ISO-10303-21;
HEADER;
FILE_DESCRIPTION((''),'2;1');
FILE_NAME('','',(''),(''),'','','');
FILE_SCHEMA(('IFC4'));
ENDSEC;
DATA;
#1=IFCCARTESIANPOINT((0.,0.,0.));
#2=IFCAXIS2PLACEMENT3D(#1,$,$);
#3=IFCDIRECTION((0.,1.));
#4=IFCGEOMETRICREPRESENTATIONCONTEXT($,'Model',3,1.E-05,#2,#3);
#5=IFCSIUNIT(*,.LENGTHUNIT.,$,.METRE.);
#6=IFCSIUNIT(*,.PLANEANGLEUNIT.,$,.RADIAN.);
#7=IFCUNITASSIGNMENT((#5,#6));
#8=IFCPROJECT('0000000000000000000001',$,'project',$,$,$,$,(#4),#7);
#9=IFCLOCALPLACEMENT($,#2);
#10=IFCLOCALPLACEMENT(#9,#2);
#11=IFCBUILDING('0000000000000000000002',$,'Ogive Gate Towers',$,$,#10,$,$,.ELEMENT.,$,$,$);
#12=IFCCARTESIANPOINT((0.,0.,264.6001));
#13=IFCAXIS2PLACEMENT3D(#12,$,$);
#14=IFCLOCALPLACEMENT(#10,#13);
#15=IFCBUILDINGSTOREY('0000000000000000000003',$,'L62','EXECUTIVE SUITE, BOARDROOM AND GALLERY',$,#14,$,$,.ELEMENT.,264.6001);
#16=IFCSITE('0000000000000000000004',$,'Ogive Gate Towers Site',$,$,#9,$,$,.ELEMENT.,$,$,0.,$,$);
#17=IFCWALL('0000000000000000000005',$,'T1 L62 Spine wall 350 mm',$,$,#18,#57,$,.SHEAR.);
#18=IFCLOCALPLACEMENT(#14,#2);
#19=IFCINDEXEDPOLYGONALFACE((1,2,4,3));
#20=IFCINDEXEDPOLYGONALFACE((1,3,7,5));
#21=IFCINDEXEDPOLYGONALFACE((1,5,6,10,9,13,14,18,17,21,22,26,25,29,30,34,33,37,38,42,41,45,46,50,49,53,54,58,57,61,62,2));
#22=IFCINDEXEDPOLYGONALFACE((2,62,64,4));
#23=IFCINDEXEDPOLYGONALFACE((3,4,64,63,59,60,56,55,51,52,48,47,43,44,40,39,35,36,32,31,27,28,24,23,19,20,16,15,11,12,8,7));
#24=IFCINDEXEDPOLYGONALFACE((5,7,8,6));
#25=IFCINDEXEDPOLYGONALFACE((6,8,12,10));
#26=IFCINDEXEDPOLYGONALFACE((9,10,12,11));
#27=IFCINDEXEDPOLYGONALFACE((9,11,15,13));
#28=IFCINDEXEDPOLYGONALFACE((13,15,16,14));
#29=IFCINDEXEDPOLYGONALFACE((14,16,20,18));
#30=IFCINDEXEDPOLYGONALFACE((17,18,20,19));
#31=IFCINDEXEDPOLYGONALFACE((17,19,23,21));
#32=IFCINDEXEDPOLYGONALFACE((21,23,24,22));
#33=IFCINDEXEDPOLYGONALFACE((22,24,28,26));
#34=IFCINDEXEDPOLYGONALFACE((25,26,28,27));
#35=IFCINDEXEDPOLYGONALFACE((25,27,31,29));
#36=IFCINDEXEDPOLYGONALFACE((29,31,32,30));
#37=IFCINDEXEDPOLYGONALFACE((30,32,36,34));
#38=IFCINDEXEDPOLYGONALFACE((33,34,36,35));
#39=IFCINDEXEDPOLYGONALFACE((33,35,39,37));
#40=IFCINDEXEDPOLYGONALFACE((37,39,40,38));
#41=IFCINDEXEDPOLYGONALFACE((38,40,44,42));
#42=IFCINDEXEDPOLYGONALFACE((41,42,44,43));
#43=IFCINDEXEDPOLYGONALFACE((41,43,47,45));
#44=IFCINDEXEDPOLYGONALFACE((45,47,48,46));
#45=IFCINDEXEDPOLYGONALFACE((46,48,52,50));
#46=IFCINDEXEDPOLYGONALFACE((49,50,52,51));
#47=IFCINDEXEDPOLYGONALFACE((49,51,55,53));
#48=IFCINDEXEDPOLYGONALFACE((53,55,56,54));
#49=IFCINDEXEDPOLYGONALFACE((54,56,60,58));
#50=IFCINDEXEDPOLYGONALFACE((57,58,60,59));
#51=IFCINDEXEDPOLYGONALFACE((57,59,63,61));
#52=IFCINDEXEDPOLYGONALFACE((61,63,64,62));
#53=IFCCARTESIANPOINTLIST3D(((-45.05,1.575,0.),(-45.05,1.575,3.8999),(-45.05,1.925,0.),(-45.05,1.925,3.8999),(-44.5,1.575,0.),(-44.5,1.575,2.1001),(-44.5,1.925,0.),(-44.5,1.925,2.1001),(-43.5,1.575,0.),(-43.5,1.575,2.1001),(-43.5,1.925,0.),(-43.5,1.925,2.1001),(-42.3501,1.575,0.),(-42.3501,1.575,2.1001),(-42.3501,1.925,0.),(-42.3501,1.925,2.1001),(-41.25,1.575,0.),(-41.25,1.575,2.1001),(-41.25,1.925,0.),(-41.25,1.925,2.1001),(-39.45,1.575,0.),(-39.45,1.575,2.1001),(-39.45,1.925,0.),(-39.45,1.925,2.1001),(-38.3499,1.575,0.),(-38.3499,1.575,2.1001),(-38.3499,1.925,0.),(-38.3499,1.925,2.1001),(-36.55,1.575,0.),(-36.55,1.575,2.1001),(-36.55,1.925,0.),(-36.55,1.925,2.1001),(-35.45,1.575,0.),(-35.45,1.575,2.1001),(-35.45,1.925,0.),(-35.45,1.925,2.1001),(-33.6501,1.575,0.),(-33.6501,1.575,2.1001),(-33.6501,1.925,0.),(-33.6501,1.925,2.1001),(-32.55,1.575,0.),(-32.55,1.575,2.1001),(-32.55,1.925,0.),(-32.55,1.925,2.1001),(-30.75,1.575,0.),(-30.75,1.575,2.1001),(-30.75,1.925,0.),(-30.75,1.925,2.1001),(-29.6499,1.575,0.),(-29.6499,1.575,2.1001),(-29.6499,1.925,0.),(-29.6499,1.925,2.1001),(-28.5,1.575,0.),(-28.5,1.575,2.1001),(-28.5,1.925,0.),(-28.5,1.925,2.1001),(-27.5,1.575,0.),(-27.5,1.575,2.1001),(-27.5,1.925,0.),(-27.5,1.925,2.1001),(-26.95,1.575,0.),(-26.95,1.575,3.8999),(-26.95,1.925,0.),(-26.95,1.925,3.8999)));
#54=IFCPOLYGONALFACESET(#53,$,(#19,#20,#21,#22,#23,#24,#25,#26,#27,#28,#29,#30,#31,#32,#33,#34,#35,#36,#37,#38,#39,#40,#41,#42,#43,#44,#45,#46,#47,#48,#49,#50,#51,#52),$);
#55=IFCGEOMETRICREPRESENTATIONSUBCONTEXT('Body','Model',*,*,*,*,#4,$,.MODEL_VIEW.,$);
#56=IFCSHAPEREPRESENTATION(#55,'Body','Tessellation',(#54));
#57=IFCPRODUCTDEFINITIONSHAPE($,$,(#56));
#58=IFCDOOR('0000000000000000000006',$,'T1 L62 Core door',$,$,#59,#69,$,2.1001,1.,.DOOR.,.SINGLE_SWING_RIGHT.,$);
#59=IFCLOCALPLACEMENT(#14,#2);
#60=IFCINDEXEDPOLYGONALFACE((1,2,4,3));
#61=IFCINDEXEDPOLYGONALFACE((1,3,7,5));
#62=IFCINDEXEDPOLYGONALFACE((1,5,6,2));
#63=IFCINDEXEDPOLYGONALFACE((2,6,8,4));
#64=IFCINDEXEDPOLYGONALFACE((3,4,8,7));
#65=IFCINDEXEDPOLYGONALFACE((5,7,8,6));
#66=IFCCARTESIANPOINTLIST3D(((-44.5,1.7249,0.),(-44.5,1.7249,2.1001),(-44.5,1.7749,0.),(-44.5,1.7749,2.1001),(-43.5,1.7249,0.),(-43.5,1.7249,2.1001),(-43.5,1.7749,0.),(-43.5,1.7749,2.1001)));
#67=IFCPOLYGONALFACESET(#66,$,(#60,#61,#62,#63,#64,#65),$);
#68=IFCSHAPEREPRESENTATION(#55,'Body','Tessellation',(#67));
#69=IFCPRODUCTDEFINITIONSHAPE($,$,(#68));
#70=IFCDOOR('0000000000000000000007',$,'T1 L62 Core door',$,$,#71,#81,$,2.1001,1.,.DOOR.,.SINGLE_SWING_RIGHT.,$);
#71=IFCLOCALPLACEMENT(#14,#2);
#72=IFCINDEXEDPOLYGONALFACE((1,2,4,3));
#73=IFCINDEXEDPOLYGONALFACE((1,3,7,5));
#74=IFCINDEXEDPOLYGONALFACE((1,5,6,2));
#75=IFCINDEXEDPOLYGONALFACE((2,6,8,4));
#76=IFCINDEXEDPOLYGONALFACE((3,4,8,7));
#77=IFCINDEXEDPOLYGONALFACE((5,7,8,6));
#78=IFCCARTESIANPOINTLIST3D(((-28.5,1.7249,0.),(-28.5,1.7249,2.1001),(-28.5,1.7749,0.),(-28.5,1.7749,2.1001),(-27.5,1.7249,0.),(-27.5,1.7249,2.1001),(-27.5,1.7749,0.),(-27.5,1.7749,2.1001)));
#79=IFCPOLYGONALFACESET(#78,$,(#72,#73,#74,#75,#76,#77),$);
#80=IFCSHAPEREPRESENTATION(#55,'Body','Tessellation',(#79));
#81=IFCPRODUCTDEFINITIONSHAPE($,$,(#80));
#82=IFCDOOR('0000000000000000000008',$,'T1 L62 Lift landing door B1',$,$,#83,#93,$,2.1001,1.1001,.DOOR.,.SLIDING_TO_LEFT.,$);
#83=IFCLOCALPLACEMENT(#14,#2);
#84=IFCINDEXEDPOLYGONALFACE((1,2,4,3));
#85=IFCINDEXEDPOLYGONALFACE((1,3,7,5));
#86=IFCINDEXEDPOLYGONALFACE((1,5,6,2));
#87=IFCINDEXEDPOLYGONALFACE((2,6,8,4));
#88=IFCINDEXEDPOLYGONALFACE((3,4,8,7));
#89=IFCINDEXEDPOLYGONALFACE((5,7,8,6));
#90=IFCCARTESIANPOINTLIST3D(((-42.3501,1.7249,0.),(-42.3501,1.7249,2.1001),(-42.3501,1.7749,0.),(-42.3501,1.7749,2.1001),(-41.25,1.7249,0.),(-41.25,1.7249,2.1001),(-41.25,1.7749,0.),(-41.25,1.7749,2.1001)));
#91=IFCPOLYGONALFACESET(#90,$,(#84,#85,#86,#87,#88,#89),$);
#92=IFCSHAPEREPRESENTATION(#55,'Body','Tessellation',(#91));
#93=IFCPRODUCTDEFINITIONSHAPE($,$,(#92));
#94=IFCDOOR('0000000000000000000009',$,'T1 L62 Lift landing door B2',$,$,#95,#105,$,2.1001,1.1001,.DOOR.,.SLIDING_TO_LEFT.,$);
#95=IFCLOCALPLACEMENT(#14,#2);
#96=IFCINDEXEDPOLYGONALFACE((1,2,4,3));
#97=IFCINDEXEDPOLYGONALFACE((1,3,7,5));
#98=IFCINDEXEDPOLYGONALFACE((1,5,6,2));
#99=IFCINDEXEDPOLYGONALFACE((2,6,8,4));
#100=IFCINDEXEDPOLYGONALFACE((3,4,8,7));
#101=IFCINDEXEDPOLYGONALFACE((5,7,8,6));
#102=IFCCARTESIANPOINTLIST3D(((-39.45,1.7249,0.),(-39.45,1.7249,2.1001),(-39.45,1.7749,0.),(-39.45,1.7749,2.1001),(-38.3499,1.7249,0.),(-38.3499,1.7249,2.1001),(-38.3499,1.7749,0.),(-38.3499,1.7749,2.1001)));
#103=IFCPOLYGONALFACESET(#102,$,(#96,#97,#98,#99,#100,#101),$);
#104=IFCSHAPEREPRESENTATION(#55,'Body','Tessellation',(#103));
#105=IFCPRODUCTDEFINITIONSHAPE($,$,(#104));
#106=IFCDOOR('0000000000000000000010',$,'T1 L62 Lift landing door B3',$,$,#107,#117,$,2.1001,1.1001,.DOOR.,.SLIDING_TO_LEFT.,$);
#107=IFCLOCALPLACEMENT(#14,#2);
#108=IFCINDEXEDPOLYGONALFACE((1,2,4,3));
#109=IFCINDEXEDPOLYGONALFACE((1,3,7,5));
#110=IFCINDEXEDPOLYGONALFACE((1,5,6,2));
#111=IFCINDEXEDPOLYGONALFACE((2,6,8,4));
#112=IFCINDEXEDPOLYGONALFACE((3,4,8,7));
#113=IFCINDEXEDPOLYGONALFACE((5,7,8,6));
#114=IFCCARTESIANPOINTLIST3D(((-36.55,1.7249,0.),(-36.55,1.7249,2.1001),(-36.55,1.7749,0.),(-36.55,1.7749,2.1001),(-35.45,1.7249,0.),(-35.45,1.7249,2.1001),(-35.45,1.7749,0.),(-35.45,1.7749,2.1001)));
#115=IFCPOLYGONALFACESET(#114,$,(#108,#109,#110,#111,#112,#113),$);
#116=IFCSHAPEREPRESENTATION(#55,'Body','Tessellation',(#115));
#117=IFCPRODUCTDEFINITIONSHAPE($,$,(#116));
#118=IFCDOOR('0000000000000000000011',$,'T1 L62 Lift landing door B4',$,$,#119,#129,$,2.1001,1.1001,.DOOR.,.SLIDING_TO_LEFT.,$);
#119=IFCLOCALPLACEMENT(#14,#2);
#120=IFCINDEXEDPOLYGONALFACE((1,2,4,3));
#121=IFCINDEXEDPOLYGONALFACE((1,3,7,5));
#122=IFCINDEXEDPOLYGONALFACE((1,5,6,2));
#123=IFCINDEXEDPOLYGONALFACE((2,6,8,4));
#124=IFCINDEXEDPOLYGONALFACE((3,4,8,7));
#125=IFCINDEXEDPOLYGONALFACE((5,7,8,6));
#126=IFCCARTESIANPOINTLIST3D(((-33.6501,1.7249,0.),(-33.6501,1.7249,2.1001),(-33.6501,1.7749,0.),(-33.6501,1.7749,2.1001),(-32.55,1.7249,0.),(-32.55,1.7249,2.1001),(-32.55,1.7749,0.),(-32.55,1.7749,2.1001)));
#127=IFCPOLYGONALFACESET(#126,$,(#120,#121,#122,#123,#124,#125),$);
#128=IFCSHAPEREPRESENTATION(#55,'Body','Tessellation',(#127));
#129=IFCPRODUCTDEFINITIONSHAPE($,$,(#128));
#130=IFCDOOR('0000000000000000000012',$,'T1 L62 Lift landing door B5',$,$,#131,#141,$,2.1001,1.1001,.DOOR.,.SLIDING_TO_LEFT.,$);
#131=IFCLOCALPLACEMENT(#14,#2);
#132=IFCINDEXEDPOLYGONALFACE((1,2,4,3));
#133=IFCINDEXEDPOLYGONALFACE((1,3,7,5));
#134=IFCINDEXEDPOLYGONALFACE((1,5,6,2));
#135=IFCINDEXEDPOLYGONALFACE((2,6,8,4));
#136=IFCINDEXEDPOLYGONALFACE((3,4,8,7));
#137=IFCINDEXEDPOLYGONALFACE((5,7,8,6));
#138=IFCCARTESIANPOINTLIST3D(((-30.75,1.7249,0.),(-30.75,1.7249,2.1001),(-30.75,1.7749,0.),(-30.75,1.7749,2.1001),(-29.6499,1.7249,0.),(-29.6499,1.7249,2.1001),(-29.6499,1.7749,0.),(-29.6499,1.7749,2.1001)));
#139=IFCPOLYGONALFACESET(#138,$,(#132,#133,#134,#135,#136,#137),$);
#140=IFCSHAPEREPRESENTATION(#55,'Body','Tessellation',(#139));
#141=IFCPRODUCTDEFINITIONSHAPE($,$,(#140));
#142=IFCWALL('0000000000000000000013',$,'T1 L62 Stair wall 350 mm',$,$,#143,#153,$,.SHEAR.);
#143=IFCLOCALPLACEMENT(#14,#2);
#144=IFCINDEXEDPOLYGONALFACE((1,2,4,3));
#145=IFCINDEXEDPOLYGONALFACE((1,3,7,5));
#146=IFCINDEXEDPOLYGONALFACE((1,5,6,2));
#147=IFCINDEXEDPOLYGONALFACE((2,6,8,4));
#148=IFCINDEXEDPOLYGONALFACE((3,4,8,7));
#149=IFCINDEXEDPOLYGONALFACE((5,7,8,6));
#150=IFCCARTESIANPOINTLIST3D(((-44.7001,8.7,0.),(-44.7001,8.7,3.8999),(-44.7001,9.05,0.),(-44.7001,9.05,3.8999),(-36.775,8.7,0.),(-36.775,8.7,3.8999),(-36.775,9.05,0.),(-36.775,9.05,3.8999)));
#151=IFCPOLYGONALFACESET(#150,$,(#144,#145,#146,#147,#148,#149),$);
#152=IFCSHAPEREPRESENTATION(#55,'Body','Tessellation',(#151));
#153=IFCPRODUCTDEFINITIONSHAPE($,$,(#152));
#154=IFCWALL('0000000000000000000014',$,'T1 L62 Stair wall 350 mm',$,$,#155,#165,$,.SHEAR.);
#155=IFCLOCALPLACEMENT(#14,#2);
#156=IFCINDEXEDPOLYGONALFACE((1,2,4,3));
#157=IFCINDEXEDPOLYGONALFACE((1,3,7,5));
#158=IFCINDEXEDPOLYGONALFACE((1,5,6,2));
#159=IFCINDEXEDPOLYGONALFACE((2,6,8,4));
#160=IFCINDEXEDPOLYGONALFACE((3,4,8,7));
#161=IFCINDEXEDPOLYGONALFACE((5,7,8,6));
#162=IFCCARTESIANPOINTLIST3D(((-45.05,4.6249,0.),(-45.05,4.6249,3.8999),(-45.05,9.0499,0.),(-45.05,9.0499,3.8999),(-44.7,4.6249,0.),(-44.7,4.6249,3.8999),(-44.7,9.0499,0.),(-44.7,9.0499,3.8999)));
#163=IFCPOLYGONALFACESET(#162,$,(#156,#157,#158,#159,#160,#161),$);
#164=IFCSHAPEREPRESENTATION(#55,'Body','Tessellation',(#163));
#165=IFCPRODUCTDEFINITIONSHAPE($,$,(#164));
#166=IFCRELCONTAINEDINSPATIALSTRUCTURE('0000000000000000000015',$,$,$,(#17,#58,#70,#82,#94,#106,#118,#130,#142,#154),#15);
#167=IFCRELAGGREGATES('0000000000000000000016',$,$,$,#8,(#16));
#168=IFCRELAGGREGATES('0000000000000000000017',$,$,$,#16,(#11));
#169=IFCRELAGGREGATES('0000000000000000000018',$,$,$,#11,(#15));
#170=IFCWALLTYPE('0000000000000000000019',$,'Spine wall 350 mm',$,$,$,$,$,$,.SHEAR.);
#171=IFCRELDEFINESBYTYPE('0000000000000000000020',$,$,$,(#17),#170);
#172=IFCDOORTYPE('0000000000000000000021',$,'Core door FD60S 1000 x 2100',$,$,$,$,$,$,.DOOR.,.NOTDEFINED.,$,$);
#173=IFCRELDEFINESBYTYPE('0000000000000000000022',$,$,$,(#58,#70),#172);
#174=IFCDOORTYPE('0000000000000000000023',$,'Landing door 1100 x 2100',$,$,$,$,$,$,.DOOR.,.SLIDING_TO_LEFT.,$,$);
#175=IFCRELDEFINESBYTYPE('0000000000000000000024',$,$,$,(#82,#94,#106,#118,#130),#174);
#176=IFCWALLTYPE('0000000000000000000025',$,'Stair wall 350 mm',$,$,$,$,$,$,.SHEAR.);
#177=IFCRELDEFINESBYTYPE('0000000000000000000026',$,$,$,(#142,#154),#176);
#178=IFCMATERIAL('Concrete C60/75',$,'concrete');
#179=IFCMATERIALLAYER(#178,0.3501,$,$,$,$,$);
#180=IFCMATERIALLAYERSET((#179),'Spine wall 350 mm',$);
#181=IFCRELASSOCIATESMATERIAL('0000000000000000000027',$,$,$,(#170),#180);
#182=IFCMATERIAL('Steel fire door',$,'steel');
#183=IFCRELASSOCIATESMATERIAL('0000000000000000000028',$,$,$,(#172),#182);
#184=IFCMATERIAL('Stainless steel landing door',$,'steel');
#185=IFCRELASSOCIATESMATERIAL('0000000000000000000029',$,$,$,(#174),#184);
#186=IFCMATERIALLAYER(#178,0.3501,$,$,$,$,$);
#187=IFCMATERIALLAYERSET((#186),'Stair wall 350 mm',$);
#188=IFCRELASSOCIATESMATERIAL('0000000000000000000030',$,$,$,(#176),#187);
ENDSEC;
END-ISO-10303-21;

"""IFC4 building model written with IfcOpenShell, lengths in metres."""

from ifc_helpers import new_model, si_unit, direction, frame, frame_2d, origin, place, context, subcontext, project, spatial, rectangle, extrude, material, layer, layer_set, type_object, element, fill, save


model = new_model("IFC4")

# Units and contexts
model_context = context("Model", 3, precision=1e-05, world=origin(), true_north=direction((0.0, 1.0)))
body_context = subcontext(model_context, "Body", "Model", "MODEL_VIEW")
ifc_project = project(units=[si_unit("LENGTHUNIT", "METRE"), si_unit("PLANEANGLEUNIT", "RADIAN")], contexts=[model_context])

# Site, building, storey
site_placement = place(None, origin())
site = spatial("IfcSite", under=ifc_project, at=site_placement, Name="Ogive Gate Towers Site", CompositionType="ELEMENT", RefElevation=0.0)
building_placement = place(site_placement, origin())
building = spatial("IfcBuilding", under=site, at=building_placement, Name="Ogive Gate Towers", CompositionType="ELEMENT")
storey_placement = place(building_placement, frame((0.0, 0.0, 264.6001)))
storey = spatial("IfcBuildingStorey", under=building, at=storey_placement, Name="L62", Description="EXECUTIVE SUITE, BOARDROOM AND GALLERY", CompositionType="ELEMENT", Elevation=264.6001)

# Shared definitions
ifc_material_1 = material(Name="Concrete C60/75", Category="concrete")
ifc_material_2 = material(Name="Steel fire door", Category="steel")

# Wall, openings, doors
ifc_layer_1 = layer(ifc_material_1, 0.3501)
ifc_layer_set_1 = layer_set([ifc_layer_1], Name="Spine wall 350 mm")
wall_type_1 = type_object("IfcWallType", Name="Spine wall 350 mm", PredefinedType="SHEAR", material=ifc_layer_set_1)
wall_1_placement = place(storey_placement, frame((-45.05, 1.75, 0.0), z_axis=(0.0, 0.0, 1.0), x_axis=(1.0, 0.0, 0.0)))
wall_1 = element("IfcWall", 1, at=wall_1_placement, inside=storey, type_object=wall_type_1, Name="T1 L62 Spine wall 350 mm", PredefinedType="SHEAR", context=body_context, shape_type="SweptSolid", body=[
    extrude(rectangle(XDim=18.1001, YDim=0.3501, at=frame_2d((9.05, 0.0))), origin(), (0.0, 0.0, 1.0), 3.8999),
])
opening_1_placement = place(wall_1_placement, frame((0.55, 0.0, 0.0)))
opening_1 = element("IfcOpeningElement", 2, at=opening_1_placement, cuts=wall_1, PredefinedType="OPENING", context=body_context, shape_type="SweptSolid", body=[
    extrude(rectangle(XDim=1.0, YDim=2.1001, at=frame_2d((0.5, 1.05))), frame((0.0, 0.1851, 0.0), z_axis=(0.0, -1.0, 0.0), x_axis=(1.0, 0.0, 0.0)), (0.0, 0.0, 1.0), 0.3701),
])
opening_2_placement = place(wall_1_placement, frame((2.7, 0.0, 0.0)))
opening_2 = element("IfcOpeningElement", 3, at=opening_2_placement, cuts=wall_1, PredefinedType="OPENING", context=body_context, shape_type="SweptSolid", body=[
    extrude(rectangle(XDim=1.1001, YDim=2.1001, at=frame_2d((0.55, 1.05))), frame((0.0, 0.1851, 0.0), z_axis=(0.0, -1.0, 0.0), x_axis=(1.0, 0.0, 0.0)), (0.0, 0.0, 1.0), 0.3701),
])
opening_3_placement = place(wall_1_placement, frame((5.6001, 0.0, 0.0)))
opening_3 = element("IfcOpeningElement", 4, at=opening_3_placement, cuts=wall_1, PredefinedType="OPENING", context=body_context, shape_type="SweptSolid", body=[
    extrude(rectangle(XDim=1.1001, YDim=2.1001, at=frame_2d((0.55, 1.05))), frame((0.0, 0.1851, 0.0), z_axis=(0.0, -1.0, 0.0), x_axis=(1.0, 0.0, 0.0)), (0.0, 0.0, 1.0), 0.3701),
])
opening_4_placement = place(wall_1_placement, frame((8.5, 0.0, 0.0)))
opening_4 = element("IfcOpeningElement", 5, at=opening_4_placement, cuts=wall_1, PredefinedType="OPENING", context=body_context, shape_type="SweptSolid", body=[
    extrude(rectangle(XDim=1.1001, YDim=2.1001, at=frame_2d((0.55, 1.05))), frame((0.0, 0.1851, 0.0), z_axis=(0.0, -1.0, 0.0), x_axis=(1.0, 0.0, 0.0)), (0.0, 0.0, 1.0), 0.3701),
])
opening_5_placement = place(wall_1_placement, frame((11.3999, 0.0, 0.0)))
opening_5 = element("IfcOpeningElement", 6, at=opening_5_placement, cuts=wall_1, PredefinedType="OPENING", context=body_context, shape_type="SweptSolid", body=[
    extrude(rectangle(XDim=1.1001, YDim=2.1001, at=frame_2d((0.55, 1.05))), frame((0.0, 0.1851, 0.0), z_axis=(0.0, -1.0, 0.0), x_axis=(1.0, 0.0, 0.0)), (0.0, 0.0, 1.0), 0.3701),
])
opening_6_placement = place(wall_1_placement, frame((14.3, 0.0, 0.0)))
opening_6 = element("IfcOpeningElement", 7, at=opening_6_placement, cuts=wall_1, PredefinedType="OPENING", context=body_context, shape_type="SweptSolid", body=[
    extrude(rectangle(XDim=1.1001, YDim=2.1001, at=frame_2d((0.55, 1.05))), frame((0.0, 0.1851, 0.0), z_axis=(0.0, -1.0, 0.0), x_axis=(1.0, 0.0, 0.0)), (0.0, 0.0, 1.0), 0.3701),
])
opening_7_placement = place(wall_1_placement, frame((16.55, 0.0, 0.0)))
opening_7 = element("IfcOpeningElement", 8, at=opening_7_placement, cuts=wall_1, PredefinedType="OPENING", context=body_context, shape_type="SweptSolid", body=[
    extrude(rectangle(XDim=1.0, YDim=2.1001, at=frame_2d((0.5, 1.05))), frame((0.0, 0.1851, 0.0), z_axis=(0.0, -1.0, 0.0), x_axis=(1.0, 0.0, 0.0)), (0.0, 0.0, 1.0), 0.3701),
])
door_type_1 = type_object("IfcDoorType", Name="Core door FD60S 1000 x 2100", OperationType="NOTDEFINED", PredefinedType="DOOR", material=ifc_material_2)
door_1_placement = place(opening_1_placement, origin())
door_1 = element("IfcDoor", 9, at=door_1_placement, inside=storey, type_object=door_type_1, Name="T1 L62 Core door", OperationType="SINGLE_SWING_RIGHT", OverallHeight=2.1001, OverallWidth=1.0, PredefinedType="DOOR", context=body_context, shape_type="SweptSolid", body=[
    extrude(rectangle(XDim=1.0, YDim=2.1001, at=frame_2d((0.5, 1.05))), frame((0.0, 0.0249, 0.0), z_axis=(0.0, -1.0, 0.0), x_axis=(1.0, 0.0, 0.0)), (0.0, 0.0, 1.0), 0.05),
])
fill(opening_1, door_1)
door_2_placement = place(opening_7_placement, origin())
door_2 = element("IfcDoor", 10, at=door_2_placement, inside=storey, type_object=door_type_1, Name="T1 L62 Core door", OperationType="SINGLE_SWING_RIGHT", OverallHeight=2.1001, OverallWidth=1.0, PredefinedType="DOOR", context=body_context, shape_type="SweptSolid", body=[
    extrude(rectangle(XDim=1.0, YDim=2.1001, at=frame_2d((0.5, 1.05))), frame((0.0, 0.0249, 0.0), z_axis=(0.0, -1.0, 0.0), x_axis=(1.0, 0.0, 0.0)), (0.0, 0.0, 1.0), 0.05),
])
fill(opening_7, door_2)
ifc_material_3 = material(Name="Stainless steel landing door", Category="steel")
door_type_2 = type_object("IfcDoorType", Name="Landing door 1100 x 2100", OperationType="SLIDING_TO_LEFT", PredefinedType="DOOR", material=ifc_material_3)
door_3_placement = place(opening_2_placement, origin())
door_3 = element("IfcDoor", 11, at=door_3_placement, inside=storey, type_object=door_type_2, Name="T1 L62 Lift landing door B1", OperationType="SLIDING_TO_LEFT", OverallHeight=2.1001, OverallWidth=1.1001, PredefinedType="DOOR", context=body_context, shape_type="SweptSolid", body=[
    extrude(rectangle(XDim=1.1001, YDim=2.1001, at=frame_2d((0.55, 1.05))), frame((0.0, 0.0249, 0.0), z_axis=(0.0, -1.0, 0.0), x_axis=(1.0, 0.0, 0.0)), (0.0, 0.0, 1.0), 0.05),
])
fill(opening_2, door_3)
door_4_placement = place(opening_3_placement, origin())
door_4 = element("IfcDoor", 12, at=door_4_placement, inside=storey, type_object=door_type_2, Name="T1 L62 Lift landing door B2", OperationType="SLIDING_TO_LEFT", OverallHeight=2.1001, OverallWidth=1.1001, PredefinedType="DOOR", context=body_context, shape_type="SweptSolid", body=[
    extrude(rectangle(XDim=1.1001, YDim=2.1001, at=frame_2d((0.55, 1.05))), frame((0.0, 0.0249, 0.0), z_axis=(0.0, -1.0, 0.0), x_axis=(1.0, 0.0, 0.0)), (0.0, 0.0, 1.0), 0.05),
])
fill(opening_3, door_4)
door_5_placement = place(opening_4_placement, origin())
door_5 = element("IfcDoor", 13, at=door_5_placement, inside=storey, type_object=door_type_2, Name="T1 L62 Lift landing door B3", OperationType="SLIDING_TO_LEFT", OverallHeight=2.1001, OverallWidth=1.1001, PredefinedType="DOOR", context=body_context, shape_type="SweptSolid", body=[
    extrude(rectangle(XDim=1.1001, YDim=2.1001, at=frame_2d((0.55, 1.05))), frame((0.0, 0.0249, 0.0), z_axis=(0.0, -1.0, 0.0), x_axis=(1.0, 0.0, 0.0)), (0.0, 0.0, 1.0), 0.05),
])
fill(opening_4, door_5)
door_6_placement = place(opening_5_placement, origin())
door_6 = element("IfcDoor", 14, at=door_6_placement, inside=storey, type_object=door_type_2, Name="T1 L62 Lift landing door B4", OperationType="SLIDING_TO_LEFT", OverallHeight=2.1001, OverallWidth=1.1001, PredefinedType="DOOR", context=body_context, shape_type="SweptSolid", body=[
    extrude(rectangle(XDim=1.1001, YDim=2.1001, at=frame_2d((0.55, 1.05))), frame((0.0, 0.0249, 0.0), z_axis=(0.0, -1.0, 0.0), x_axis=(1.0, 0.0, 0.0)), (0.0, 0.0, 1.0), 0.05),
])
fill(opening_5, door_6)
door_7_placement = place(opening_6_placement, origin())
door_7 = element("IfcDoor", 15, at=door_7_placement, inside=storey, type_object=door_type_2, Name="T1 L62 Lift landing door B5", OperationType="SLIDING_TO_LEFT", OverallHeight=2.1001, OverallWidth=1.1001, PredefinedType="DOOR", context=body_context, shape_type="SweptSolid", body=[
    extrude(rectangle(XDim=1.1001, YDim=2.1001, at=frame_2d((0.55, 1.05))), frame((0.0, 0.0249, 0.0), z_axis=(0.0, -1.0, 0.0), x_axis=(1.0, 0.0, 0.0)), (0.0, 0.0, 1.0), 0.05),
])
fill(opening_6, door_7)

# Walls
ifc_layer_2 = layer(ifc_material_1, 0.3501)
ifc_layer_set_2 = layer_set([ifc_layer_2], Name="Stair wall 350 mm")
wall_type_2 = type_object("IfcWallType", Name="Stair wall 350 mm", PredefinedType="SHEAR", material=ifc_layer_set_2)
wall_2_placement = place(storey_placement, frame((-44.7, 8.875, 0.0), z_axis=(0.0, 0.0, 1.0), x_axis=(1.0, 0.0, 0.0)))
element("IfcWall", 16, at=wall_2_placement, inside=storey, type_object=wall_type_2, Name="T1 L62 Stair wall 350 mm", PredefinedType="SHEAR", context=body_context, shape_type="SweptSolid", body=[
    extrude(rectangle(XDim=7.925, YDim=0.3501, at=frame_2d((3.9624, 0.0))), origin(), (0.0, 0.0, 1.0), 3.8999),
])
wall_3_placement = place(storey_placement, frame((-44.875, 4.625, 0.0), z_axis=(0.0, 0.0, 1.0), x_axis=(0.0, 1.0, 0.0)))
element("IfcWall", 17, at=wall_3_placement, inside=storey, type_object=wall_type_2, Name="T1 L62 Stair wall 350 mm", PredefinedType="SHEAR", context=body_context, shape_type="SweptSolid", body=[
    extrude(rectangle(XDim=4.425, YDim=0.3501, at=frame_2d((2.2124, 0.0))), origin(), (0.0, 0.0, 1.0), 3.8999),
])

save(model, "model.ifc")
